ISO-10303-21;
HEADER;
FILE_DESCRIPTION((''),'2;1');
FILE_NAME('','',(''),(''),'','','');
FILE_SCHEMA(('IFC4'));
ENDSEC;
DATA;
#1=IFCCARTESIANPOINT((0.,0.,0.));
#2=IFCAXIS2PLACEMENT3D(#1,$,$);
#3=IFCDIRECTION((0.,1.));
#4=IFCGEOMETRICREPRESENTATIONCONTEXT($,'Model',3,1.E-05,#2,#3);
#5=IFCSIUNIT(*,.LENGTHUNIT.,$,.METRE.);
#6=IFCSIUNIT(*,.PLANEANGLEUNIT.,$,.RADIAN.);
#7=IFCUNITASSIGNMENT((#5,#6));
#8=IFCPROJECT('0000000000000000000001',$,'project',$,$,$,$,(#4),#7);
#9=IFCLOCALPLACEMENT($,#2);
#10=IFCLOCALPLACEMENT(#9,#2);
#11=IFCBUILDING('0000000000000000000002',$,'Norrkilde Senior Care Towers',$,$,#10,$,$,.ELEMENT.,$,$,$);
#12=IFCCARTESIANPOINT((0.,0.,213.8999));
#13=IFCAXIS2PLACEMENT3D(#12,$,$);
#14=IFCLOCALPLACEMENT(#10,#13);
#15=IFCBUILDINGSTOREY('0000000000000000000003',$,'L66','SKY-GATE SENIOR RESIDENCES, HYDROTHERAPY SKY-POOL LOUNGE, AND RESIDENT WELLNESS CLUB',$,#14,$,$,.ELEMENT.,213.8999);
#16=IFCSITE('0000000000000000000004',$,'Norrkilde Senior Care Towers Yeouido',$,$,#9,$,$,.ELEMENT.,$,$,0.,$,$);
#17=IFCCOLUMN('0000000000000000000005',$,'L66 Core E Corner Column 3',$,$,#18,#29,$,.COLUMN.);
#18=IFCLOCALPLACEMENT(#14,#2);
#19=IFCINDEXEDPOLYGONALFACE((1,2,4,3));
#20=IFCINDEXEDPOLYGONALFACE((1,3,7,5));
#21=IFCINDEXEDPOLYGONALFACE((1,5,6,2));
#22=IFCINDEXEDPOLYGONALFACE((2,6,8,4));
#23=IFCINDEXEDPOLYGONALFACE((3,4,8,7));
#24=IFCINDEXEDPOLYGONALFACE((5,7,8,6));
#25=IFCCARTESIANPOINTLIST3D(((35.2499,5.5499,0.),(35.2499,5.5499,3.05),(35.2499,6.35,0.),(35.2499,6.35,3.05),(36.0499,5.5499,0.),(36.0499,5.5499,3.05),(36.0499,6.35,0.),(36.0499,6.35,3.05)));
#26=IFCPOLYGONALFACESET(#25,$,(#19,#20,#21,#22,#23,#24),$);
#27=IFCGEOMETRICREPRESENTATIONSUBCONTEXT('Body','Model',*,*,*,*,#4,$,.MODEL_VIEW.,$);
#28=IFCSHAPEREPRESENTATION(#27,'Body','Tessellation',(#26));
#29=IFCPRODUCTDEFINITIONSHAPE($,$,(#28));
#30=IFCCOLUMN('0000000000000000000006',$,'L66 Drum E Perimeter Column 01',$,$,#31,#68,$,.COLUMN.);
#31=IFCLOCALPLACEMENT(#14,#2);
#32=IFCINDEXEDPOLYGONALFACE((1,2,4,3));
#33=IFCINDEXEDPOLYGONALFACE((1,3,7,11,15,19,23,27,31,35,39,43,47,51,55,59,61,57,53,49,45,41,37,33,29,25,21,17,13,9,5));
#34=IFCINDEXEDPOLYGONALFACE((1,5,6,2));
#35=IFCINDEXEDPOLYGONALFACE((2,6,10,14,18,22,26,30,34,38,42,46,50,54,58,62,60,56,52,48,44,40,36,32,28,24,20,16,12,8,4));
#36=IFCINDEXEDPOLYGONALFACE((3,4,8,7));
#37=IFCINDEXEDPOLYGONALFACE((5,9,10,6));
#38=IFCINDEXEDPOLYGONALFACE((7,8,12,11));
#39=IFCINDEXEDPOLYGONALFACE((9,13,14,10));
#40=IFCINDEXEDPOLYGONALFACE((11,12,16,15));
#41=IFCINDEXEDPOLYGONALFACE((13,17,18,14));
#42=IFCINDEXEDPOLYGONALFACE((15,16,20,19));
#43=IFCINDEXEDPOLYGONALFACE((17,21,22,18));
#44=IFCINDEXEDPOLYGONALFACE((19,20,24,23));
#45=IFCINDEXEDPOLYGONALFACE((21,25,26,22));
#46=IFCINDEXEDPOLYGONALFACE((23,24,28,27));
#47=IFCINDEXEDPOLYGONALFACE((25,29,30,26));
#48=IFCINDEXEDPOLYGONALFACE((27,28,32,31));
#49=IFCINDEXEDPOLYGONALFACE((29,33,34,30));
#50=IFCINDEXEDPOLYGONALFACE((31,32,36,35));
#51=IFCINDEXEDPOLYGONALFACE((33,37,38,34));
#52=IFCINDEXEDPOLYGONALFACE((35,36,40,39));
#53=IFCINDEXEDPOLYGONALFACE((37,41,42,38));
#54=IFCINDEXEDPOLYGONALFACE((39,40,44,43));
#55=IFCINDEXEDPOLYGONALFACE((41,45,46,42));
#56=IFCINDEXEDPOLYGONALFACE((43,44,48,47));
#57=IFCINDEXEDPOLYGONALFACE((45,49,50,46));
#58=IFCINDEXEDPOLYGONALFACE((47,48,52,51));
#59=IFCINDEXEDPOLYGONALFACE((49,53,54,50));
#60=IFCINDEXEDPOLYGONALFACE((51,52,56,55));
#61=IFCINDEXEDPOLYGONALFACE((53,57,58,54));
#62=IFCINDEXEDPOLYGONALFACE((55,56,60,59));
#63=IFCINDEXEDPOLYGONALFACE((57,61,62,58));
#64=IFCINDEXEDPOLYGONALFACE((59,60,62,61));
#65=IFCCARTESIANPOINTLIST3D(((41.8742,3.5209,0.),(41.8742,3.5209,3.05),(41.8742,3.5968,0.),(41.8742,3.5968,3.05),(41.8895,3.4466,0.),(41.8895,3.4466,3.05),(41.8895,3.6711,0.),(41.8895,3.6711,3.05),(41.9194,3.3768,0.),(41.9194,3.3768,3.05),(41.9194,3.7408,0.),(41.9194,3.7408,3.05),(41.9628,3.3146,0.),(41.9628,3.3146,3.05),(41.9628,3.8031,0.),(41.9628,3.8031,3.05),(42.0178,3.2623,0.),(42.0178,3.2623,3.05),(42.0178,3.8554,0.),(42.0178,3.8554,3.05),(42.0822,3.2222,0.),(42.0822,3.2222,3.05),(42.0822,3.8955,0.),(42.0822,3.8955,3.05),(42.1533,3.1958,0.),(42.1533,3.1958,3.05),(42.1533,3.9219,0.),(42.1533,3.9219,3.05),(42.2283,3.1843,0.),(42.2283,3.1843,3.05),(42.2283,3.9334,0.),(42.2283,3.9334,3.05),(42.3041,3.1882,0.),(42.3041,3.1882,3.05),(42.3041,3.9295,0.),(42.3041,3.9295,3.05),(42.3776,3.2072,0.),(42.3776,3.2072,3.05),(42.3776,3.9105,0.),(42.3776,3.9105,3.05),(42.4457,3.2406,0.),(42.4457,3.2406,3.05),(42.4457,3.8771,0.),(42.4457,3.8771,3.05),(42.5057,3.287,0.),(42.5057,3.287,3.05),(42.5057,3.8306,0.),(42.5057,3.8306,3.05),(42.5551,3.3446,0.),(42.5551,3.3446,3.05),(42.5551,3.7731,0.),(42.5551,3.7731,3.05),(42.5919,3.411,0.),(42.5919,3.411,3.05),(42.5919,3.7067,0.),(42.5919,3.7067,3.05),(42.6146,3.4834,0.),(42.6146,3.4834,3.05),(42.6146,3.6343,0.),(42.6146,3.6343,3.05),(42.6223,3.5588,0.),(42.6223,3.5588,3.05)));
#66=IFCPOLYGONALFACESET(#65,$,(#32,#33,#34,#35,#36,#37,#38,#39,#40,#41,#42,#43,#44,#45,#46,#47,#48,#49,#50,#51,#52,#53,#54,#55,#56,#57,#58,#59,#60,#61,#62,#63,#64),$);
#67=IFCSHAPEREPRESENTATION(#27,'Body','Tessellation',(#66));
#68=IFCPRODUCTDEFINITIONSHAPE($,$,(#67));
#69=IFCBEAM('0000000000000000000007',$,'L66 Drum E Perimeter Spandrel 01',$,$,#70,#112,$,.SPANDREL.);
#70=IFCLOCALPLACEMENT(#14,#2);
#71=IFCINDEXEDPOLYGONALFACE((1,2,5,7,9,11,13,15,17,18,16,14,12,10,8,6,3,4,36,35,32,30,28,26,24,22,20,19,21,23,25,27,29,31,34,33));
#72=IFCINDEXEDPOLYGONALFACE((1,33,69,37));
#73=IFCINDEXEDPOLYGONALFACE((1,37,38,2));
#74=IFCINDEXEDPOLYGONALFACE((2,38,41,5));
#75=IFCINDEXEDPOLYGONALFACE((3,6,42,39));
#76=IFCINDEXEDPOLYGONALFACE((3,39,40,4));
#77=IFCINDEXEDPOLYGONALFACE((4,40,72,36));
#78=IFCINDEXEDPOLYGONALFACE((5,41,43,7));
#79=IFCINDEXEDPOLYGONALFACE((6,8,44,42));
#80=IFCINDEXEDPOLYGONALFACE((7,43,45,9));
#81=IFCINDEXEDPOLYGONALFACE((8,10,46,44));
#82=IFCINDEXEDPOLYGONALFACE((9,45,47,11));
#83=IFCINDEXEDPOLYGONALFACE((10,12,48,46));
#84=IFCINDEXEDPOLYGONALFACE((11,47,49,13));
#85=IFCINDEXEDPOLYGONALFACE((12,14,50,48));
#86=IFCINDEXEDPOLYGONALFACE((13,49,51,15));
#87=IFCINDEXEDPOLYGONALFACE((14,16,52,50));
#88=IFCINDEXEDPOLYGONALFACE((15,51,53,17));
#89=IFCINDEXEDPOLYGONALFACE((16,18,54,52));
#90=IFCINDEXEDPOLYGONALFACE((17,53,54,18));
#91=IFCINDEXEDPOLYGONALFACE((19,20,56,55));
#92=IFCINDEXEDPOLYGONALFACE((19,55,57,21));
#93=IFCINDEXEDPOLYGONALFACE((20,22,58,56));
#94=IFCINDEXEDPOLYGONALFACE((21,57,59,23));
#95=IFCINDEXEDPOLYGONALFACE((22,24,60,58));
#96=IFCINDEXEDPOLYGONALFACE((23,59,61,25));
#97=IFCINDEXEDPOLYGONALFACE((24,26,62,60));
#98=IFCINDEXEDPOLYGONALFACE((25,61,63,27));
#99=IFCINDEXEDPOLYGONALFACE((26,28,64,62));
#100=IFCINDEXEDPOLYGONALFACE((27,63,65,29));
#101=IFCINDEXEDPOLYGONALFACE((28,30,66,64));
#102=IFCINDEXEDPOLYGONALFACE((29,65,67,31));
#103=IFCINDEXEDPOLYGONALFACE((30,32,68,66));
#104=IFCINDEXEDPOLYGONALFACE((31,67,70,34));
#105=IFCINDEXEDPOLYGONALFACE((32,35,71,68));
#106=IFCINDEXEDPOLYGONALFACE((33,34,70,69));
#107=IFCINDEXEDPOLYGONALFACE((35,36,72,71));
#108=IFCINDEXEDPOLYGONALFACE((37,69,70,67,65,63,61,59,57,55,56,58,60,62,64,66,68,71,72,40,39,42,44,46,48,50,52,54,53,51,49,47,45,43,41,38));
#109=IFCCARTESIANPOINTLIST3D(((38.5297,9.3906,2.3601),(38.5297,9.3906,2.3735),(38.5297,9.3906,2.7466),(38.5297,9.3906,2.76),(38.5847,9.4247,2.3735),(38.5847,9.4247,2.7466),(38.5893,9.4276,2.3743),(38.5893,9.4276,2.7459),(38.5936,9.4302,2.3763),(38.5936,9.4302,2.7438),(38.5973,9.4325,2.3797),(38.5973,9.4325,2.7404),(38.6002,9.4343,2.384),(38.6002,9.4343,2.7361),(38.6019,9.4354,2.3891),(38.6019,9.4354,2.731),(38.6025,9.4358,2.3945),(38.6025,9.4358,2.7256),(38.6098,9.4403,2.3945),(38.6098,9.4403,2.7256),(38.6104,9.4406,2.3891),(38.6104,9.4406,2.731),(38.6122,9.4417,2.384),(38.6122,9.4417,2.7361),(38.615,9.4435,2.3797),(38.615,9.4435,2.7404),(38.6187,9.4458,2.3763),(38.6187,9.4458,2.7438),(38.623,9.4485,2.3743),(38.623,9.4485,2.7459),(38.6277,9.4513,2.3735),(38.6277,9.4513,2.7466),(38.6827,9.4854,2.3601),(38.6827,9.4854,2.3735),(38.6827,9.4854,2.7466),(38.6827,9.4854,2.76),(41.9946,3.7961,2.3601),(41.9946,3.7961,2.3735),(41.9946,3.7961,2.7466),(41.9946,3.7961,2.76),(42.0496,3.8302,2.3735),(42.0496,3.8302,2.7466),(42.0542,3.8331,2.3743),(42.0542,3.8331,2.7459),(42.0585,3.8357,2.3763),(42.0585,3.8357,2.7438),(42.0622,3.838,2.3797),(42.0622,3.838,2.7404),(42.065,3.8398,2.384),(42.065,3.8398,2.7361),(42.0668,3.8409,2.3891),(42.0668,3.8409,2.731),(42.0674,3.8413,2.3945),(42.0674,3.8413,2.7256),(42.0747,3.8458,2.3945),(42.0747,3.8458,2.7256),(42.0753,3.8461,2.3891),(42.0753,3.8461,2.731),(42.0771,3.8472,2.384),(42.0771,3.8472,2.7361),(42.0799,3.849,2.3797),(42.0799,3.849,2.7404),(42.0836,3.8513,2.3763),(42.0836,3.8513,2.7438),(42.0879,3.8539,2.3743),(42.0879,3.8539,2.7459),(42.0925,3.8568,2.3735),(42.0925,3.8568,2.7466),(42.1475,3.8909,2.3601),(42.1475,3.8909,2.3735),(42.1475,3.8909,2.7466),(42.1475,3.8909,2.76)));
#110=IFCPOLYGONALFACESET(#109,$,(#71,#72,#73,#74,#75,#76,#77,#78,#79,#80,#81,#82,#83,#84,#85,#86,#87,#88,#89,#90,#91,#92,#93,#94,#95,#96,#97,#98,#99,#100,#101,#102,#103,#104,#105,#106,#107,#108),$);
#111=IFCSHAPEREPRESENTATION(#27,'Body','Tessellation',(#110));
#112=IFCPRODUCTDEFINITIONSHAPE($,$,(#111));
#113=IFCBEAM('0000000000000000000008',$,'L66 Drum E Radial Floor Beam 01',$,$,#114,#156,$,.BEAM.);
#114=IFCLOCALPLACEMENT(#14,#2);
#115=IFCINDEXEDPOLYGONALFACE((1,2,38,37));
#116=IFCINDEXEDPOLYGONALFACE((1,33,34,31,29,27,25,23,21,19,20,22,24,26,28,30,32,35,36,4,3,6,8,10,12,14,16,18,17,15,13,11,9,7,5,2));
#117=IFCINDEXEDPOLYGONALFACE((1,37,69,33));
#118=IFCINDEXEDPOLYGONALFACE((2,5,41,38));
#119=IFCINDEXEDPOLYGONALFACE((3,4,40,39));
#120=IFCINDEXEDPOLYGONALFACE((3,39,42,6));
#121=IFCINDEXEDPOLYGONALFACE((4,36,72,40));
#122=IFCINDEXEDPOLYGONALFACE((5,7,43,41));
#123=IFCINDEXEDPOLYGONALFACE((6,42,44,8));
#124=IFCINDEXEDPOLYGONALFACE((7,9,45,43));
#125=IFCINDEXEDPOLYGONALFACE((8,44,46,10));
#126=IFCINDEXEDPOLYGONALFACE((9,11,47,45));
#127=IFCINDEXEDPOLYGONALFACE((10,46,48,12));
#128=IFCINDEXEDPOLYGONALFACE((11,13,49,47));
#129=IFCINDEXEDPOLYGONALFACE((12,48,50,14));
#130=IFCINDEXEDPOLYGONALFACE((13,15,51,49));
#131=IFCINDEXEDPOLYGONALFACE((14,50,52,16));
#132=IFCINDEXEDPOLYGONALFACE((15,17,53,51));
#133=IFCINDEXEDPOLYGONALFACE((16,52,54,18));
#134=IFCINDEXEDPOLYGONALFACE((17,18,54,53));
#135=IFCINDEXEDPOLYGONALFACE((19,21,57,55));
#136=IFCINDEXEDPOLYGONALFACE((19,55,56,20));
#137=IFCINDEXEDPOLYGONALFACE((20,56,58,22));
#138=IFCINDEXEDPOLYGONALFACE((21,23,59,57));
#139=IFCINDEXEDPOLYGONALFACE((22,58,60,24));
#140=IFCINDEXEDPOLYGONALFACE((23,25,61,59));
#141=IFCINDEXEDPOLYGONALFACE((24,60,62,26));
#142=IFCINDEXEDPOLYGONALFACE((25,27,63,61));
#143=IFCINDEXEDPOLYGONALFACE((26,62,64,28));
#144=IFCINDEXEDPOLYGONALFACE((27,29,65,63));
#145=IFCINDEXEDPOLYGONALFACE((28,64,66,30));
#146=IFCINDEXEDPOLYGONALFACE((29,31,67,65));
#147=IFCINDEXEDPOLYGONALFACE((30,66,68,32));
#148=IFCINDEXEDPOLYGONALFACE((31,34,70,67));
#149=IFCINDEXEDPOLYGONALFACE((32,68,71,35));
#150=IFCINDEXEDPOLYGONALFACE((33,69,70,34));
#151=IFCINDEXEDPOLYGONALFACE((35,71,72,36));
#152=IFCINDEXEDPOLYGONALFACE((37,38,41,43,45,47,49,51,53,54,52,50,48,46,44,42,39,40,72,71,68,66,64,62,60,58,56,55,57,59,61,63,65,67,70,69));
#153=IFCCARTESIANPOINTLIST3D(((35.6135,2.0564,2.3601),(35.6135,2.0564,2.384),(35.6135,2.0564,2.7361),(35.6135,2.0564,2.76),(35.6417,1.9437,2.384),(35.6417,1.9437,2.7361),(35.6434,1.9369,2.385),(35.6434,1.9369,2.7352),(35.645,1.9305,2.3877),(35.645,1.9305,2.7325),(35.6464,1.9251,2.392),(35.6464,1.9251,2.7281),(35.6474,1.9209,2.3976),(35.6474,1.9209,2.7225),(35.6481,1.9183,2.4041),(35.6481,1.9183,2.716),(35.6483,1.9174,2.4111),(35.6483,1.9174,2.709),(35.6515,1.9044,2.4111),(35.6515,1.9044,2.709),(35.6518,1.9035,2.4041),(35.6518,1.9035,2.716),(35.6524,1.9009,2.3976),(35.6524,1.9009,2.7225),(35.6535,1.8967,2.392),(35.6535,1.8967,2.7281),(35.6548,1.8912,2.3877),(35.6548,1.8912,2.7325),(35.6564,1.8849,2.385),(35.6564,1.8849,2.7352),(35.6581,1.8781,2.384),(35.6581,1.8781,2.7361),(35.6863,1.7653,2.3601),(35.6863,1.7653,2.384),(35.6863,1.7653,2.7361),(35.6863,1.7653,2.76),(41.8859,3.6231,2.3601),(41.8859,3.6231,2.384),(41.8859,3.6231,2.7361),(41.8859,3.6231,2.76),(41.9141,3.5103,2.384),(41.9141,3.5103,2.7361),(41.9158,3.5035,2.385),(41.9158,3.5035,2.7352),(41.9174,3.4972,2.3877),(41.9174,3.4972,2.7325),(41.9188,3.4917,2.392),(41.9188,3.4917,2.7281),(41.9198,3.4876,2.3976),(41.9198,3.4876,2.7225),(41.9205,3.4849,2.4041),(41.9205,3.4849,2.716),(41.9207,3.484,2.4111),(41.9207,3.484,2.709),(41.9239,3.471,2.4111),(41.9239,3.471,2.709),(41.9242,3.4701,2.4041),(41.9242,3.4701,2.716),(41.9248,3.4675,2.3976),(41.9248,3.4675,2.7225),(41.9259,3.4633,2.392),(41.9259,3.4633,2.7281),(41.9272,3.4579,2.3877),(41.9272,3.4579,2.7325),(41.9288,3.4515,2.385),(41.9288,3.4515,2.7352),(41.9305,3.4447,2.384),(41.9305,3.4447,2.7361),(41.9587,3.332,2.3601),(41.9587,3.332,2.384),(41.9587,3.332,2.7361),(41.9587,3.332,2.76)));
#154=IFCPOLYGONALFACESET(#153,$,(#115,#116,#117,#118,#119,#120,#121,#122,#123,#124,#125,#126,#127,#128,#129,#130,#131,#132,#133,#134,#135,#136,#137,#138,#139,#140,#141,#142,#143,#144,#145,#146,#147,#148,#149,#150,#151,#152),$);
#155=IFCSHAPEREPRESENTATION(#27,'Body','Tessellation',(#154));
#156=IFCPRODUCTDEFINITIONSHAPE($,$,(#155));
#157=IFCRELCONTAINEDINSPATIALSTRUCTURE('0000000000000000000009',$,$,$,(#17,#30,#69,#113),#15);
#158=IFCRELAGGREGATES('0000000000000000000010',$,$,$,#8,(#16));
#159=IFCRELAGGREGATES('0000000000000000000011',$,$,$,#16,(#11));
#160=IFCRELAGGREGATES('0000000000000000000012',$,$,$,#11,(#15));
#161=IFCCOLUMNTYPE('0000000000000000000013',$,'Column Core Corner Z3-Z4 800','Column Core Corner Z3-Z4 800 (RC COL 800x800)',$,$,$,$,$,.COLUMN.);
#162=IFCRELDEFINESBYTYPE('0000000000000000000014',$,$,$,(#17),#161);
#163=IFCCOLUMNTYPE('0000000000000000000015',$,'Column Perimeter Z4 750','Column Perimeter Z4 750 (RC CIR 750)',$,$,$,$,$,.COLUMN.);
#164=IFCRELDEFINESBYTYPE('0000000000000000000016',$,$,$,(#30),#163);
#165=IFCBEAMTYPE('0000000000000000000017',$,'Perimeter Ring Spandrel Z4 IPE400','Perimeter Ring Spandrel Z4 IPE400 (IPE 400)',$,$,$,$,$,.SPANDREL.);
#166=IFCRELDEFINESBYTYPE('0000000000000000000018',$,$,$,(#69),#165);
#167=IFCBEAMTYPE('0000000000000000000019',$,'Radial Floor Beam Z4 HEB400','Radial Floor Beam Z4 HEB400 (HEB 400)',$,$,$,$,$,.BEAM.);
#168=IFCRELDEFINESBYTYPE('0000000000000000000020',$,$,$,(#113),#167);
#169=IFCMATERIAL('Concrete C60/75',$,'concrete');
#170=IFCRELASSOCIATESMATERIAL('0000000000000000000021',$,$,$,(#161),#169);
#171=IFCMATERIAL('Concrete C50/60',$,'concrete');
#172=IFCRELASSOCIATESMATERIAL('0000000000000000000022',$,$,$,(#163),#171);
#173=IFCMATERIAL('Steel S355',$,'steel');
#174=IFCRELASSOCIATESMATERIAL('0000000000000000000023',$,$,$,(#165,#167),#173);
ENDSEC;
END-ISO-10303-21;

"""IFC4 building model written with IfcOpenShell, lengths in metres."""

from ifc_helpers import new_model, si_unit, direction, frame, origin, origin_2d, place, context, subcontext, project, spatial, rectangle, circle, i_section, extrude, source, transform, mapped, material, material_profile, profile_set, type_object, type_shapes, element, save


model = new_model("IFC4")

# Units and contexts
model_context = context("Model", 3, precision=1e-05, world=origin(), true_north=direction((0.0, 1.0)))
body_context = subcontext(model_context, "Body", "Model", "MODEL_VIEW")
ifc_project = project(units=[si_unit("LENGTHUNIT", "METRE"), si_unit("PLANEANGLEUNIT", "RADIAN")], contexts=[model_context])

# Site, building, storey
site_placement = place(None, origin())
site = spatial("IfcSite", under=ifc_project, at=site_placement, Name="Norrkilde Senior Care Towers Yeouido", CompositionType="ELEMENT", RefElevation=0.0)
building_placement = place(site_placement, origin())
building = spatial("IfcBuilding", under=site, at=building_placement, Name="Norrkilde Senior Care Towers", CompositionType="ELEMENT")
storey_placement = place(building_placement, frame((0.0, 0.0, 213.8999)))
storey = spatial("IfcBuildingStorey", under=building, at=storey_placement, Name="L66", Description="SKY-GATE SENIOR RESIDENCES, HYDROTHERAPY SKY-POOL LOUNGE, AND RESIDENT WELLNESS CLUB", CompositionType="ELEMENT", Elevation=213.8999)

# Columns
ifc_material_1 = material(Name="Concrete C60/75", Category="concrete")
ifc_material_profile_1 = material_profile(ifc_material_1, rectangle(XDim=0.8, YDim=0.8, at=origin_2d()), Name="RC COL 800x800")
ifc_profile_set_1 = profile_set([ifc_material_profile_1], Name="Concrete C60/75")
column_type_1 = type_object("IfcColumnType", Name="Column Core Corner Z3-Z4 800", Description="Column Core Corner Z3-Z4 800 (RC COL 800x800)", PredefinedType="COLUMN", material=ifc_profile_set_1)
shared_shape_1 = source(origin(), body_context, "Body", "SweptSolid", [
    extrude(rectangle(XDim=0.8, YDim=0.8, at=origin_2d()), origin(), (0.0, 0.0, 1.0), 3.05),
])
type_shapes(column_type_1, [shared_shape_1])
column_1_placement = place(storey_placement, frame((35.6499, 5.95, 0.0), z_axis=(0.0, 0.0, 1.0), x_axis=(1.0, 0.0, 0.0)))
element("IfcColumn", 1, at=column_1_placement, inside=storey, type_object=column_type_1, Name="L66 Core E Corner Column 3", PredefinedType="COLUMN", context=body_context, shape_type="MappedRepresentation", body=[
    mapped(shared_shape_1, transform((0.0, 0.0, 0.0), x_axis=(1.0, 0.0, 0.0), y_axis=(0.0, 1.0, 0.0), z_axis=(0.0, 0.0, 1.0), scale=1.0)),
])
ifc_material_2 = material(Name="Concrete C50/60", Category="concrete")
ifc_material_profile_2 = material_profile(ifc_material_2, circle(Radius=0.375, at=origin_2d()), Name="RC CIR 750")
ifc_profile_set_2 = profile_set([ifc_material_profile_2], Name="Concrete C50/60")
column_type_2 = type_object("IfcColumnType", Name="Column Perimeter Z4 750", Description="Column Perimeter Z4 750 (RC CIR 750)", PredefinedType="COLUMN", material=ifc_profile_set_2)
shared_shape_2 = source(origin(), body_context, "Body", "SweptSolid", [
    extrude(circle(Radius=0.375, at=origin_2d()), origin(), (0.0, 0.0, 1.0), 3.05),
])
type_shapes(column_type_2, [shared_shape_2])
column_2_placement = place(storey_placement, frame((42.2473, 3.5588, 0.0), z_axis=(0.0, 0.0, 1.0), x_axis=(1.0, 0.0, 0.0)))
element("IfcColumn", 2, at=column_2_placement, inside=storey, type_object=column_type_2, Name="L66 Drum E Perimeter Column 01", PredefinedType="COLUMN", context=body_context, shape_type="MappedRepresentation", body=[
    mapped(shared_shape_2, transform((0.0, 0.0, 0.0), x_axis=(1.0, 0.0, 0.0), y_axis=(0.0, 1.0, 0.0), z_axis=(0.0, 0.0, 1.0), scale=1.0)),
])

# Beams
ifc_material_3 = material(Name="Steel S355", Category="steel")
ifc_material_profile_3 = material_profile(ifc_material_3, i_section(OverallWidth=0.1799, OverallDepth=0.3999, WebThickness=0.0085, FlangeThickness=0.0134, FilletRadius=0.021, at=origin_2d()), Name="IPE 400")
ifc_profile_set_3 = profile_set([ifc_material_profile_3], Name="Steel S355")
beam_type_1 = type_object("IfcBeamType", Name="Perimeter Ring Spandrel Z4 IPE400", Description="Perimeter Ring Spandrel Z4 IPE400 (IPE 400)", PredefinedType="SPANDREL", material=ifc_profile_set_3)
shared_shape_3 = source(origin(), body_context, "Body", "SweptSolid", [
    extrude(i_section(OverallWidth=0.1799, OverallDepth=0.3999, WebThickness=0.0085, FlangeThickness=0.0134, FilletRadius=0.021, at=origin_2d()), origin(), (0.0, 0.0, 1.0), 6.5806),
])
type_shapes(beam_type_1, [shared_shape_3])
beam_1_placement = place(storey_placement, frame((42.071, 3.8435, 2.5601), z_axis=(-0.52653, 0.850157, 0.0), x_axis=(-0.850157, -0.52653, 0.0)))
element("IfcBeam", 3, at=beam_1_placement, inside=storey, type_object=beam_type_1, Name="L66 Drum E Perimeter Spandrel 01", PredefinedType="SPANDREL", context=body_context, shape_type="MappedRepresentation", body=[
    mapped(shared_shape_3, transform((0.0, 0.0, 0.0), x_axis=(1.0, 0.0, 0.0), y_axis=(0.0, 1.0, 0.0), z_axis=(0.0, 0.0, 1.0), scale=1.0)),
])
ifc_material_profile_4 = material_profile(ifc_material_3, i_section(OverallWidth=0.3, OverallDepth=0.3999, WebThickness=0.0134, FlangeThickness=0.0239, FilletRadius=0.0271, at=origin_2d()), Name="HEB 400")
ifc_profile_set_4 = profile_set([ifc_material_profile_4], Name="Steel S355")
beam_type_2 = type_object("IfcBeamType", Name="Radial Floor Beam Z4 HEB400", Description="Radial Floor Beam Z4 HEB400 (HEB 400)", PredefinedType="BEAM", material=ifc_profile_set_4)
shared_shape_4 = source(origin(), body_context, "Body", "SweptSolid", [
    extrude(i_section(OverallWidth=0.3, OverallDepth=0.3999, WebThickness=0.0134, FlangeThickness=0.0239, FilletRadius=0.0271, at=origin_2d()), origin(), (0.0, 0.0, 1.0), 6.4651),
])
beam_2_placement = place(storey_placement, frame((35.6499, 1.9109, 2.5601), z_axis=(0.970196, 0.242322, 0.0), x_axis=(-0.242322, 0.970196, 0.0)))
element("IfcBeam", 4, at=beam_2_placement, inside=storey, type_object=beam_type_2, Name="L66 Drum E Radial Floor Beam 01", PredefinedType="BEAM", context=body_context, shape_type="MappedRepresentation", body=[
    mapped(shared_shape_4, transform((0.0, 0.0, 0.0), x_axis=(1.0, 0.0, 0.0), y_axis=(0.0, 1.0, 0.0), z_axis=(0.0, 0.0, 1.0), scale=1.0)),
])

save(model, "model.ifc")
